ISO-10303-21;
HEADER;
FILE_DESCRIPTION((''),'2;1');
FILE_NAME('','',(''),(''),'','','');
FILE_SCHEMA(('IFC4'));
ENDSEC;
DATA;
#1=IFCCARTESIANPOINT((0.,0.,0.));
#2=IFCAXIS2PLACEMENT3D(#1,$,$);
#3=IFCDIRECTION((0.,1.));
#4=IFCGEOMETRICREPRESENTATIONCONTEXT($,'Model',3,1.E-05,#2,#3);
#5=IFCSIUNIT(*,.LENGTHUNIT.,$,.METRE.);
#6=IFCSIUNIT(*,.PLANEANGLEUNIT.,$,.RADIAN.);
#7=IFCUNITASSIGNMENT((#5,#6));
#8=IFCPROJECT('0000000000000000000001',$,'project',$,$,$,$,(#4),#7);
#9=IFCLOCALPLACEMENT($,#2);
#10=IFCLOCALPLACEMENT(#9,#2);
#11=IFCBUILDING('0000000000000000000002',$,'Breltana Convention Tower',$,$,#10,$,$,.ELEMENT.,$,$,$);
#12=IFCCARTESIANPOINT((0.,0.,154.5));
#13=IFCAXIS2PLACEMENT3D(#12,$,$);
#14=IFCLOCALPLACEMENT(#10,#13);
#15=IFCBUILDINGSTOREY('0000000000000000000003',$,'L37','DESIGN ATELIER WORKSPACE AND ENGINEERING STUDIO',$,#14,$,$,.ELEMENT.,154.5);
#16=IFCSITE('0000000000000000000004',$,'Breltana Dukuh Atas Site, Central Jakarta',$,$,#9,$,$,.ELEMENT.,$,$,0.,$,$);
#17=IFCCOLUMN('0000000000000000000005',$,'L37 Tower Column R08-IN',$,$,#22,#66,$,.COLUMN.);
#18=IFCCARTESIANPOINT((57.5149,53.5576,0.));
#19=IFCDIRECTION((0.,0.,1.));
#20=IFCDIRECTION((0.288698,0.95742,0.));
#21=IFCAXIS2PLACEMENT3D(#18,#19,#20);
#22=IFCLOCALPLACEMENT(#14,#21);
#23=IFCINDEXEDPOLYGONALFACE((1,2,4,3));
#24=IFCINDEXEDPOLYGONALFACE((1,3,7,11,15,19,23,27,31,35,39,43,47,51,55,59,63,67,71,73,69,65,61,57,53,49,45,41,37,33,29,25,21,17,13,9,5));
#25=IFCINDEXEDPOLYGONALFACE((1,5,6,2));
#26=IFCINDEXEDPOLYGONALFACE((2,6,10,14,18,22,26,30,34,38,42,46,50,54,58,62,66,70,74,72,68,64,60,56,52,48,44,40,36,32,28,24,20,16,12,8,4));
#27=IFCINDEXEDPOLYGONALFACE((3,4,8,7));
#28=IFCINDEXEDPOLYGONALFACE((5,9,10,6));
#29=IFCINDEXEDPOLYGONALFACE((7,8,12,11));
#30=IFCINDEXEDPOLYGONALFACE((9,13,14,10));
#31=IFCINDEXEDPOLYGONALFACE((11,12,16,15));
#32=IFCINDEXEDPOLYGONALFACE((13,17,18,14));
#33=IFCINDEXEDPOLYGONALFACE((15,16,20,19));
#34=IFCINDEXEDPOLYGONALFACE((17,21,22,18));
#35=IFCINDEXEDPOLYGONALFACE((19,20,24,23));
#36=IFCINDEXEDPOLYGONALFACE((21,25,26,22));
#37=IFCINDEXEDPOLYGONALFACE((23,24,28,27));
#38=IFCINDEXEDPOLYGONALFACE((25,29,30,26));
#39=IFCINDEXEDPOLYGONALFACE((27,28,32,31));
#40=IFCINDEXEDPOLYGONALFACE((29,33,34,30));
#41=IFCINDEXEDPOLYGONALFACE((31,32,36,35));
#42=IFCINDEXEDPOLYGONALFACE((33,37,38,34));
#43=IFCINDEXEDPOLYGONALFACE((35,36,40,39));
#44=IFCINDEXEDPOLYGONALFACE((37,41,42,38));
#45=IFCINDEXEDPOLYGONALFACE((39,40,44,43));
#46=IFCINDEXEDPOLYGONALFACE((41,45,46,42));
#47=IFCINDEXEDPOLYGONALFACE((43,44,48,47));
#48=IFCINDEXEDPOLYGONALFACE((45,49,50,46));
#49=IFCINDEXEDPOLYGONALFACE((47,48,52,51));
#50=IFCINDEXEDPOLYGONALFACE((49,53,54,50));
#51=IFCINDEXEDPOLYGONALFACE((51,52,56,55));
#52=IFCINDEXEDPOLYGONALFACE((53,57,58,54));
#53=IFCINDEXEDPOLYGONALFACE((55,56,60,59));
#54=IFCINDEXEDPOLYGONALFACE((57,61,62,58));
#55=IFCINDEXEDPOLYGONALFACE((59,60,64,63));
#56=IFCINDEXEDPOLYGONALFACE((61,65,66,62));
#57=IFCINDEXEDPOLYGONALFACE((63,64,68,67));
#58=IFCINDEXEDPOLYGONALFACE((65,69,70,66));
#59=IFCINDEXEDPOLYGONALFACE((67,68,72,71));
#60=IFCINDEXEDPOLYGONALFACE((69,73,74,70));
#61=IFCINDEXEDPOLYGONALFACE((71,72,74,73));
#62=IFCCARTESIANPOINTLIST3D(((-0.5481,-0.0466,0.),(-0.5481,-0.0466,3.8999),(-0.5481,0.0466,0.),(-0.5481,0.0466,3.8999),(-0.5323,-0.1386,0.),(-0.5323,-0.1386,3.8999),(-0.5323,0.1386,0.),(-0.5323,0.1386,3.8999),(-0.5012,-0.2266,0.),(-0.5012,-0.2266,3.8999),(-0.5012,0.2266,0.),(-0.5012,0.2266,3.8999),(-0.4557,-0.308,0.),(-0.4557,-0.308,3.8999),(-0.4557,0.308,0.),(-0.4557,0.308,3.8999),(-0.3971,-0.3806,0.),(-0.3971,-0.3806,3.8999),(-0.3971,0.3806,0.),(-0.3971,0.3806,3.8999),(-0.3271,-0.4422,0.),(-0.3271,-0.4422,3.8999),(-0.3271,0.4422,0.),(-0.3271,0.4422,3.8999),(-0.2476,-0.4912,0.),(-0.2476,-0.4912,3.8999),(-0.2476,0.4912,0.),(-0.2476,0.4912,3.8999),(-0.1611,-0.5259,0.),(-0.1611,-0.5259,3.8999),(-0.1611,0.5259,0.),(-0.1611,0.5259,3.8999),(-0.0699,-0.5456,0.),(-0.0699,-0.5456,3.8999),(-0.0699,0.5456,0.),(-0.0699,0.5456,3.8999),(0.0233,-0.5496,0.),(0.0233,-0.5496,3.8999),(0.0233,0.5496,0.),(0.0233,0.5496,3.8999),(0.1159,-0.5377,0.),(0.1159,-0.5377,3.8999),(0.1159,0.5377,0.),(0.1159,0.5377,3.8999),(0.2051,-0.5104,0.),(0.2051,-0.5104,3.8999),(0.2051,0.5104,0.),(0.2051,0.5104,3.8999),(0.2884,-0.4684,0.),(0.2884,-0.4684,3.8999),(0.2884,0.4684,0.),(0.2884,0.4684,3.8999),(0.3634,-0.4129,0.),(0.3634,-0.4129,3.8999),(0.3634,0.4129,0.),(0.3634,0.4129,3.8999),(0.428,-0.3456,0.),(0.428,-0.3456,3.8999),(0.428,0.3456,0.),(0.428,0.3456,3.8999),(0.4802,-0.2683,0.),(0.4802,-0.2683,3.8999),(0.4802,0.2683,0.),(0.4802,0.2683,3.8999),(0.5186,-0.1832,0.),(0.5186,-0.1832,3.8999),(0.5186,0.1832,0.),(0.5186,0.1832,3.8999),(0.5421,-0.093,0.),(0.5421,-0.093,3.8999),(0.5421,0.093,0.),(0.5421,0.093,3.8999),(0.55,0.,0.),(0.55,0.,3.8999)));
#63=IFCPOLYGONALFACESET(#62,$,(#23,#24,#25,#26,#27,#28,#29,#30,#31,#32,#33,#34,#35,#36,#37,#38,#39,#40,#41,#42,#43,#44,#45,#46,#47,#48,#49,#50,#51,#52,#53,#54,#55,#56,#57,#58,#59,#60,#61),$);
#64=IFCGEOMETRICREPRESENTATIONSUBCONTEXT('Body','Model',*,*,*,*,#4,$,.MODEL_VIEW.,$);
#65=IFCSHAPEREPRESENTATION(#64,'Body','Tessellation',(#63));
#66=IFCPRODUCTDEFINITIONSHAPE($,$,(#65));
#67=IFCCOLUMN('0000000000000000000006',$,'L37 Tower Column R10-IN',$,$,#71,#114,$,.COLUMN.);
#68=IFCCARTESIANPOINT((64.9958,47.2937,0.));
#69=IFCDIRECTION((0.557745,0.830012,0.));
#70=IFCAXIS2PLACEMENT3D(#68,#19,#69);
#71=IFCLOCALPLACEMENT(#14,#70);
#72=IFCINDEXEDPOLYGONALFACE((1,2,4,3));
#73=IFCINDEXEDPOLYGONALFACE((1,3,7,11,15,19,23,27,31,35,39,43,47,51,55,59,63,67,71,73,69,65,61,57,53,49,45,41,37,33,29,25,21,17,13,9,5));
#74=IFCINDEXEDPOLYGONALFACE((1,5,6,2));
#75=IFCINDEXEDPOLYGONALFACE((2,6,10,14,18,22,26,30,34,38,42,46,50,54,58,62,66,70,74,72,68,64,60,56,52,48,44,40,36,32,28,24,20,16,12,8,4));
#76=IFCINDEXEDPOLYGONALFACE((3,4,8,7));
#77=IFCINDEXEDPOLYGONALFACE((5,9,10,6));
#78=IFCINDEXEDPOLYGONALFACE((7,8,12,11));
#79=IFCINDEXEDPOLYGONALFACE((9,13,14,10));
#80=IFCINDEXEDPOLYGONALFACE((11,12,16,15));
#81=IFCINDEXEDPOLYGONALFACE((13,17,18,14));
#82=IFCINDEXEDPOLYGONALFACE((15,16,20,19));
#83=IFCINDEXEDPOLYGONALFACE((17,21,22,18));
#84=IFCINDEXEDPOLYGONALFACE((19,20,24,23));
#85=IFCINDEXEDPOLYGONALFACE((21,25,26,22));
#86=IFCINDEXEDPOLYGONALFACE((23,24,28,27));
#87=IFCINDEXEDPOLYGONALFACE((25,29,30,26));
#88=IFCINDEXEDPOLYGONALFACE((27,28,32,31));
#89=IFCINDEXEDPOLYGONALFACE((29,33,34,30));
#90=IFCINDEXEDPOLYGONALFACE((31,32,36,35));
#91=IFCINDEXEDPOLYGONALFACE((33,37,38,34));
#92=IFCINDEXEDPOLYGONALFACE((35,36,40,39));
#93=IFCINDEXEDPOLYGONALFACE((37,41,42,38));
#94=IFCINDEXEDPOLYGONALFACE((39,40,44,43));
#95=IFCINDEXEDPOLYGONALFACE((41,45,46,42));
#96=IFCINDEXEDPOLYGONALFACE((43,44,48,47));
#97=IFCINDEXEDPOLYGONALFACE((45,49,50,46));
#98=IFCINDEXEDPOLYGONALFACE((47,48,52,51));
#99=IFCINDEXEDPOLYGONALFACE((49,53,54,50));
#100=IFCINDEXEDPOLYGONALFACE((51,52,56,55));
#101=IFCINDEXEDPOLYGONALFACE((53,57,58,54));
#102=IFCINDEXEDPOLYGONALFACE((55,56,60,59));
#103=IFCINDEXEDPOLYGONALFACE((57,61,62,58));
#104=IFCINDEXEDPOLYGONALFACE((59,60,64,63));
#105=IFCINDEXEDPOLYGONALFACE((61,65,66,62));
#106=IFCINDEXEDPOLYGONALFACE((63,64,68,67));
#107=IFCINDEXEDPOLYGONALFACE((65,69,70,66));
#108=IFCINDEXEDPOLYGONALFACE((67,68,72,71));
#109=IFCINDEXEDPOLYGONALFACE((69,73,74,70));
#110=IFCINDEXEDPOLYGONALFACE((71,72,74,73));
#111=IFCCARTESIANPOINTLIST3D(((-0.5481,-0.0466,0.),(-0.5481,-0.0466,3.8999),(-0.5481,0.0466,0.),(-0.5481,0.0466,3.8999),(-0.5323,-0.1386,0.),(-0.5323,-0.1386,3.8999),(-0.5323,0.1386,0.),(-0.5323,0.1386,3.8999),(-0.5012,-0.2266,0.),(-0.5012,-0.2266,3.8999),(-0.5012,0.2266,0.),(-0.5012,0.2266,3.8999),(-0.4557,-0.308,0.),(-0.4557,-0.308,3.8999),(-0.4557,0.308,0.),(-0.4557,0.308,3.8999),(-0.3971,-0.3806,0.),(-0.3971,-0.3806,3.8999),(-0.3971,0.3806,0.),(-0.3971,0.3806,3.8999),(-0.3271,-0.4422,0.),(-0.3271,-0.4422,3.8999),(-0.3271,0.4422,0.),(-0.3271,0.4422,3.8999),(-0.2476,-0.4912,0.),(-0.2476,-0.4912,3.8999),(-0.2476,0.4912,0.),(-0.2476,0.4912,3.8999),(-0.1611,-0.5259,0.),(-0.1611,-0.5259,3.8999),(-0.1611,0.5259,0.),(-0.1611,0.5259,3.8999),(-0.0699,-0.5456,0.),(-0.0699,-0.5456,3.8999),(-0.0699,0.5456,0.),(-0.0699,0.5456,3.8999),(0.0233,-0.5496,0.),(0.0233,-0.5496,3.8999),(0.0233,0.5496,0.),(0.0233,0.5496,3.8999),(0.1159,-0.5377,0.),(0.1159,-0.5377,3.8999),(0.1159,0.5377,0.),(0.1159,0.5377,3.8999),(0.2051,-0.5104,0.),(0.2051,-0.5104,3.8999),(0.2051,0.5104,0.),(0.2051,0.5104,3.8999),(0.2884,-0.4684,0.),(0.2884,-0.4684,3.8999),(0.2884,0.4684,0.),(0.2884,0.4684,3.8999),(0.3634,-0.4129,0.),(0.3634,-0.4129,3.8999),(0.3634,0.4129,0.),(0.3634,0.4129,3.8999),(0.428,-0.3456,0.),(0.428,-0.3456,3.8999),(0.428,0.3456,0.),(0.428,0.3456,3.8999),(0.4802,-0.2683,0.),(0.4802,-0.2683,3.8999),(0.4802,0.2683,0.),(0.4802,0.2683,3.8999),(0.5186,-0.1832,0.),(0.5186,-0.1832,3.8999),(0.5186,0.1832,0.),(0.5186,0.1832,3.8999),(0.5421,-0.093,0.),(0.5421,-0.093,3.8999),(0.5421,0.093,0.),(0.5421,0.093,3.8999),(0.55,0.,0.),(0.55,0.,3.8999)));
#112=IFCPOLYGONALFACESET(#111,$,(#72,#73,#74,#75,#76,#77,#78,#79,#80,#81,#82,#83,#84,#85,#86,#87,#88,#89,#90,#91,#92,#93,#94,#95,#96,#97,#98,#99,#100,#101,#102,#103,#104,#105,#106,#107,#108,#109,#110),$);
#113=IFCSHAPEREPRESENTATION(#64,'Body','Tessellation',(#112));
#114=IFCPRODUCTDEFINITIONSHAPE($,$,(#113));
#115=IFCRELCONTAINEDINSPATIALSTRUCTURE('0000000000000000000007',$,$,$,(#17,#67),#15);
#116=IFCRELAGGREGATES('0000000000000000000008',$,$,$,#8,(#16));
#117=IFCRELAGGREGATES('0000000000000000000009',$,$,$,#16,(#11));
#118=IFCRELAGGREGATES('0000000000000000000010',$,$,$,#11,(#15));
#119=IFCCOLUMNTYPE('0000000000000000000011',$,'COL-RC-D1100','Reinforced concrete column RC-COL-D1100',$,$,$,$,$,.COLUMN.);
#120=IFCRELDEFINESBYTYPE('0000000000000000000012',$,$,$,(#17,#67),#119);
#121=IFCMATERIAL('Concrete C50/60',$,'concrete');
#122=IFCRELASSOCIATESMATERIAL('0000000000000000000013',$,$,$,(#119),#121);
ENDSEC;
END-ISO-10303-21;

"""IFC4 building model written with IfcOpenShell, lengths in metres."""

from ifc_helpers import new_model, si_unit, direction, frame, origin, origin_2d, place, context, subcontext, project, spatial, circle, extrude, source, transform, mapped, material, material_profile, profile_set, type_object, element, save


model = new_model("IFC4")

# Units and contexts
model_context = context("Model", 3, precision=1e-05, world=origin(), true_north=direction((0.0, 1.0)))
body_context = subcontext(model_context, "Body", "Model", "MODEL_VIEW")
ifc_project = project(units=[si_unit("LENGTHUNIT", "METRE"), si_unit("PLANEANGLEUNIT", "RADIAN")], contexts=[model_context])

# Site, building, storey
site_placement = place(None, origin())
site = spatial("IfcSite", under=ifc_project, at=site_placement, Name="Breltana Dukuh Atas Site, Central Jakarta", CompositionType="ELEMENT", RefElevation=0.0)
building_placement = place(site_placement, origin())
building = spatial("IfcBuilding", under=site, at=building_placement, Name="Breltana Convention Tower", CompositionType="ELEMENT")
storey_placement = place(building_placement, frame((0.0, 0.0, 154.5)))
storey = spatial("IfcBuildingStorey", under=building, at=storey_placement, Name="L37", Description="DESIGN ATELIER WORKSPACE AND ENGINEERING STUDIO", CompositionType="ELEMENT", Elevation=154.5)

# Columns
ifc_material_1 = material(Name="Concrete C50/60", Category="concrete")
ifc_material_profile_1 = material_profile(ifc_material_1, circle(Radius=0.55, at=origin_2d()), Name="RC-COL-D1100")
ifc_profile_set_1 = profile_set([ifc_material_profile_1], Name="Concrete C50/60")
column_type = type_object("IfcColumnType", Name="COL-RC-D1100", Description="Reinforced concrete column RC-COL-D1100", PredefinedType="COLUMN", material=ifc_profile_set_1)
shared_shape_1 = source(origin(), body_context, "Body", "SweptSolid", [
    extrude(circle(Radius=0.55, at=origin_2d()), origin(), (0.0, 0.0, 1.0), 3.8999),
])
for number, where, z_axis, x_axis, name in (
    (1, (57.5149, 53.5576, 0.0), (0.0, 0.0, 1.0), (0.288698, 0.95742, 0.0), "L37 Tower Column R08-IN"),
    (2, (64.9958, 47.2937, 0.0), (0.0, 0.0, 1.0), (0.557745, 0.830012, 0.0), "L37 Tower Column R10-IN"),
):
    element("IfcColumn", number, at=place(storey_placement, frame(where, z_axis=z_axis, x_axis=x_axis)), inside=storey, type_object=column_type, Name=name, PredefinedType="COLUMN", context=body_context, shape_type="MappedRepresentation", body=[
        mapped(shared_shape_1, transform((0.0, 0.0, 0.0), scale=1.0)),
    ])

save(model, "model.ifc")
